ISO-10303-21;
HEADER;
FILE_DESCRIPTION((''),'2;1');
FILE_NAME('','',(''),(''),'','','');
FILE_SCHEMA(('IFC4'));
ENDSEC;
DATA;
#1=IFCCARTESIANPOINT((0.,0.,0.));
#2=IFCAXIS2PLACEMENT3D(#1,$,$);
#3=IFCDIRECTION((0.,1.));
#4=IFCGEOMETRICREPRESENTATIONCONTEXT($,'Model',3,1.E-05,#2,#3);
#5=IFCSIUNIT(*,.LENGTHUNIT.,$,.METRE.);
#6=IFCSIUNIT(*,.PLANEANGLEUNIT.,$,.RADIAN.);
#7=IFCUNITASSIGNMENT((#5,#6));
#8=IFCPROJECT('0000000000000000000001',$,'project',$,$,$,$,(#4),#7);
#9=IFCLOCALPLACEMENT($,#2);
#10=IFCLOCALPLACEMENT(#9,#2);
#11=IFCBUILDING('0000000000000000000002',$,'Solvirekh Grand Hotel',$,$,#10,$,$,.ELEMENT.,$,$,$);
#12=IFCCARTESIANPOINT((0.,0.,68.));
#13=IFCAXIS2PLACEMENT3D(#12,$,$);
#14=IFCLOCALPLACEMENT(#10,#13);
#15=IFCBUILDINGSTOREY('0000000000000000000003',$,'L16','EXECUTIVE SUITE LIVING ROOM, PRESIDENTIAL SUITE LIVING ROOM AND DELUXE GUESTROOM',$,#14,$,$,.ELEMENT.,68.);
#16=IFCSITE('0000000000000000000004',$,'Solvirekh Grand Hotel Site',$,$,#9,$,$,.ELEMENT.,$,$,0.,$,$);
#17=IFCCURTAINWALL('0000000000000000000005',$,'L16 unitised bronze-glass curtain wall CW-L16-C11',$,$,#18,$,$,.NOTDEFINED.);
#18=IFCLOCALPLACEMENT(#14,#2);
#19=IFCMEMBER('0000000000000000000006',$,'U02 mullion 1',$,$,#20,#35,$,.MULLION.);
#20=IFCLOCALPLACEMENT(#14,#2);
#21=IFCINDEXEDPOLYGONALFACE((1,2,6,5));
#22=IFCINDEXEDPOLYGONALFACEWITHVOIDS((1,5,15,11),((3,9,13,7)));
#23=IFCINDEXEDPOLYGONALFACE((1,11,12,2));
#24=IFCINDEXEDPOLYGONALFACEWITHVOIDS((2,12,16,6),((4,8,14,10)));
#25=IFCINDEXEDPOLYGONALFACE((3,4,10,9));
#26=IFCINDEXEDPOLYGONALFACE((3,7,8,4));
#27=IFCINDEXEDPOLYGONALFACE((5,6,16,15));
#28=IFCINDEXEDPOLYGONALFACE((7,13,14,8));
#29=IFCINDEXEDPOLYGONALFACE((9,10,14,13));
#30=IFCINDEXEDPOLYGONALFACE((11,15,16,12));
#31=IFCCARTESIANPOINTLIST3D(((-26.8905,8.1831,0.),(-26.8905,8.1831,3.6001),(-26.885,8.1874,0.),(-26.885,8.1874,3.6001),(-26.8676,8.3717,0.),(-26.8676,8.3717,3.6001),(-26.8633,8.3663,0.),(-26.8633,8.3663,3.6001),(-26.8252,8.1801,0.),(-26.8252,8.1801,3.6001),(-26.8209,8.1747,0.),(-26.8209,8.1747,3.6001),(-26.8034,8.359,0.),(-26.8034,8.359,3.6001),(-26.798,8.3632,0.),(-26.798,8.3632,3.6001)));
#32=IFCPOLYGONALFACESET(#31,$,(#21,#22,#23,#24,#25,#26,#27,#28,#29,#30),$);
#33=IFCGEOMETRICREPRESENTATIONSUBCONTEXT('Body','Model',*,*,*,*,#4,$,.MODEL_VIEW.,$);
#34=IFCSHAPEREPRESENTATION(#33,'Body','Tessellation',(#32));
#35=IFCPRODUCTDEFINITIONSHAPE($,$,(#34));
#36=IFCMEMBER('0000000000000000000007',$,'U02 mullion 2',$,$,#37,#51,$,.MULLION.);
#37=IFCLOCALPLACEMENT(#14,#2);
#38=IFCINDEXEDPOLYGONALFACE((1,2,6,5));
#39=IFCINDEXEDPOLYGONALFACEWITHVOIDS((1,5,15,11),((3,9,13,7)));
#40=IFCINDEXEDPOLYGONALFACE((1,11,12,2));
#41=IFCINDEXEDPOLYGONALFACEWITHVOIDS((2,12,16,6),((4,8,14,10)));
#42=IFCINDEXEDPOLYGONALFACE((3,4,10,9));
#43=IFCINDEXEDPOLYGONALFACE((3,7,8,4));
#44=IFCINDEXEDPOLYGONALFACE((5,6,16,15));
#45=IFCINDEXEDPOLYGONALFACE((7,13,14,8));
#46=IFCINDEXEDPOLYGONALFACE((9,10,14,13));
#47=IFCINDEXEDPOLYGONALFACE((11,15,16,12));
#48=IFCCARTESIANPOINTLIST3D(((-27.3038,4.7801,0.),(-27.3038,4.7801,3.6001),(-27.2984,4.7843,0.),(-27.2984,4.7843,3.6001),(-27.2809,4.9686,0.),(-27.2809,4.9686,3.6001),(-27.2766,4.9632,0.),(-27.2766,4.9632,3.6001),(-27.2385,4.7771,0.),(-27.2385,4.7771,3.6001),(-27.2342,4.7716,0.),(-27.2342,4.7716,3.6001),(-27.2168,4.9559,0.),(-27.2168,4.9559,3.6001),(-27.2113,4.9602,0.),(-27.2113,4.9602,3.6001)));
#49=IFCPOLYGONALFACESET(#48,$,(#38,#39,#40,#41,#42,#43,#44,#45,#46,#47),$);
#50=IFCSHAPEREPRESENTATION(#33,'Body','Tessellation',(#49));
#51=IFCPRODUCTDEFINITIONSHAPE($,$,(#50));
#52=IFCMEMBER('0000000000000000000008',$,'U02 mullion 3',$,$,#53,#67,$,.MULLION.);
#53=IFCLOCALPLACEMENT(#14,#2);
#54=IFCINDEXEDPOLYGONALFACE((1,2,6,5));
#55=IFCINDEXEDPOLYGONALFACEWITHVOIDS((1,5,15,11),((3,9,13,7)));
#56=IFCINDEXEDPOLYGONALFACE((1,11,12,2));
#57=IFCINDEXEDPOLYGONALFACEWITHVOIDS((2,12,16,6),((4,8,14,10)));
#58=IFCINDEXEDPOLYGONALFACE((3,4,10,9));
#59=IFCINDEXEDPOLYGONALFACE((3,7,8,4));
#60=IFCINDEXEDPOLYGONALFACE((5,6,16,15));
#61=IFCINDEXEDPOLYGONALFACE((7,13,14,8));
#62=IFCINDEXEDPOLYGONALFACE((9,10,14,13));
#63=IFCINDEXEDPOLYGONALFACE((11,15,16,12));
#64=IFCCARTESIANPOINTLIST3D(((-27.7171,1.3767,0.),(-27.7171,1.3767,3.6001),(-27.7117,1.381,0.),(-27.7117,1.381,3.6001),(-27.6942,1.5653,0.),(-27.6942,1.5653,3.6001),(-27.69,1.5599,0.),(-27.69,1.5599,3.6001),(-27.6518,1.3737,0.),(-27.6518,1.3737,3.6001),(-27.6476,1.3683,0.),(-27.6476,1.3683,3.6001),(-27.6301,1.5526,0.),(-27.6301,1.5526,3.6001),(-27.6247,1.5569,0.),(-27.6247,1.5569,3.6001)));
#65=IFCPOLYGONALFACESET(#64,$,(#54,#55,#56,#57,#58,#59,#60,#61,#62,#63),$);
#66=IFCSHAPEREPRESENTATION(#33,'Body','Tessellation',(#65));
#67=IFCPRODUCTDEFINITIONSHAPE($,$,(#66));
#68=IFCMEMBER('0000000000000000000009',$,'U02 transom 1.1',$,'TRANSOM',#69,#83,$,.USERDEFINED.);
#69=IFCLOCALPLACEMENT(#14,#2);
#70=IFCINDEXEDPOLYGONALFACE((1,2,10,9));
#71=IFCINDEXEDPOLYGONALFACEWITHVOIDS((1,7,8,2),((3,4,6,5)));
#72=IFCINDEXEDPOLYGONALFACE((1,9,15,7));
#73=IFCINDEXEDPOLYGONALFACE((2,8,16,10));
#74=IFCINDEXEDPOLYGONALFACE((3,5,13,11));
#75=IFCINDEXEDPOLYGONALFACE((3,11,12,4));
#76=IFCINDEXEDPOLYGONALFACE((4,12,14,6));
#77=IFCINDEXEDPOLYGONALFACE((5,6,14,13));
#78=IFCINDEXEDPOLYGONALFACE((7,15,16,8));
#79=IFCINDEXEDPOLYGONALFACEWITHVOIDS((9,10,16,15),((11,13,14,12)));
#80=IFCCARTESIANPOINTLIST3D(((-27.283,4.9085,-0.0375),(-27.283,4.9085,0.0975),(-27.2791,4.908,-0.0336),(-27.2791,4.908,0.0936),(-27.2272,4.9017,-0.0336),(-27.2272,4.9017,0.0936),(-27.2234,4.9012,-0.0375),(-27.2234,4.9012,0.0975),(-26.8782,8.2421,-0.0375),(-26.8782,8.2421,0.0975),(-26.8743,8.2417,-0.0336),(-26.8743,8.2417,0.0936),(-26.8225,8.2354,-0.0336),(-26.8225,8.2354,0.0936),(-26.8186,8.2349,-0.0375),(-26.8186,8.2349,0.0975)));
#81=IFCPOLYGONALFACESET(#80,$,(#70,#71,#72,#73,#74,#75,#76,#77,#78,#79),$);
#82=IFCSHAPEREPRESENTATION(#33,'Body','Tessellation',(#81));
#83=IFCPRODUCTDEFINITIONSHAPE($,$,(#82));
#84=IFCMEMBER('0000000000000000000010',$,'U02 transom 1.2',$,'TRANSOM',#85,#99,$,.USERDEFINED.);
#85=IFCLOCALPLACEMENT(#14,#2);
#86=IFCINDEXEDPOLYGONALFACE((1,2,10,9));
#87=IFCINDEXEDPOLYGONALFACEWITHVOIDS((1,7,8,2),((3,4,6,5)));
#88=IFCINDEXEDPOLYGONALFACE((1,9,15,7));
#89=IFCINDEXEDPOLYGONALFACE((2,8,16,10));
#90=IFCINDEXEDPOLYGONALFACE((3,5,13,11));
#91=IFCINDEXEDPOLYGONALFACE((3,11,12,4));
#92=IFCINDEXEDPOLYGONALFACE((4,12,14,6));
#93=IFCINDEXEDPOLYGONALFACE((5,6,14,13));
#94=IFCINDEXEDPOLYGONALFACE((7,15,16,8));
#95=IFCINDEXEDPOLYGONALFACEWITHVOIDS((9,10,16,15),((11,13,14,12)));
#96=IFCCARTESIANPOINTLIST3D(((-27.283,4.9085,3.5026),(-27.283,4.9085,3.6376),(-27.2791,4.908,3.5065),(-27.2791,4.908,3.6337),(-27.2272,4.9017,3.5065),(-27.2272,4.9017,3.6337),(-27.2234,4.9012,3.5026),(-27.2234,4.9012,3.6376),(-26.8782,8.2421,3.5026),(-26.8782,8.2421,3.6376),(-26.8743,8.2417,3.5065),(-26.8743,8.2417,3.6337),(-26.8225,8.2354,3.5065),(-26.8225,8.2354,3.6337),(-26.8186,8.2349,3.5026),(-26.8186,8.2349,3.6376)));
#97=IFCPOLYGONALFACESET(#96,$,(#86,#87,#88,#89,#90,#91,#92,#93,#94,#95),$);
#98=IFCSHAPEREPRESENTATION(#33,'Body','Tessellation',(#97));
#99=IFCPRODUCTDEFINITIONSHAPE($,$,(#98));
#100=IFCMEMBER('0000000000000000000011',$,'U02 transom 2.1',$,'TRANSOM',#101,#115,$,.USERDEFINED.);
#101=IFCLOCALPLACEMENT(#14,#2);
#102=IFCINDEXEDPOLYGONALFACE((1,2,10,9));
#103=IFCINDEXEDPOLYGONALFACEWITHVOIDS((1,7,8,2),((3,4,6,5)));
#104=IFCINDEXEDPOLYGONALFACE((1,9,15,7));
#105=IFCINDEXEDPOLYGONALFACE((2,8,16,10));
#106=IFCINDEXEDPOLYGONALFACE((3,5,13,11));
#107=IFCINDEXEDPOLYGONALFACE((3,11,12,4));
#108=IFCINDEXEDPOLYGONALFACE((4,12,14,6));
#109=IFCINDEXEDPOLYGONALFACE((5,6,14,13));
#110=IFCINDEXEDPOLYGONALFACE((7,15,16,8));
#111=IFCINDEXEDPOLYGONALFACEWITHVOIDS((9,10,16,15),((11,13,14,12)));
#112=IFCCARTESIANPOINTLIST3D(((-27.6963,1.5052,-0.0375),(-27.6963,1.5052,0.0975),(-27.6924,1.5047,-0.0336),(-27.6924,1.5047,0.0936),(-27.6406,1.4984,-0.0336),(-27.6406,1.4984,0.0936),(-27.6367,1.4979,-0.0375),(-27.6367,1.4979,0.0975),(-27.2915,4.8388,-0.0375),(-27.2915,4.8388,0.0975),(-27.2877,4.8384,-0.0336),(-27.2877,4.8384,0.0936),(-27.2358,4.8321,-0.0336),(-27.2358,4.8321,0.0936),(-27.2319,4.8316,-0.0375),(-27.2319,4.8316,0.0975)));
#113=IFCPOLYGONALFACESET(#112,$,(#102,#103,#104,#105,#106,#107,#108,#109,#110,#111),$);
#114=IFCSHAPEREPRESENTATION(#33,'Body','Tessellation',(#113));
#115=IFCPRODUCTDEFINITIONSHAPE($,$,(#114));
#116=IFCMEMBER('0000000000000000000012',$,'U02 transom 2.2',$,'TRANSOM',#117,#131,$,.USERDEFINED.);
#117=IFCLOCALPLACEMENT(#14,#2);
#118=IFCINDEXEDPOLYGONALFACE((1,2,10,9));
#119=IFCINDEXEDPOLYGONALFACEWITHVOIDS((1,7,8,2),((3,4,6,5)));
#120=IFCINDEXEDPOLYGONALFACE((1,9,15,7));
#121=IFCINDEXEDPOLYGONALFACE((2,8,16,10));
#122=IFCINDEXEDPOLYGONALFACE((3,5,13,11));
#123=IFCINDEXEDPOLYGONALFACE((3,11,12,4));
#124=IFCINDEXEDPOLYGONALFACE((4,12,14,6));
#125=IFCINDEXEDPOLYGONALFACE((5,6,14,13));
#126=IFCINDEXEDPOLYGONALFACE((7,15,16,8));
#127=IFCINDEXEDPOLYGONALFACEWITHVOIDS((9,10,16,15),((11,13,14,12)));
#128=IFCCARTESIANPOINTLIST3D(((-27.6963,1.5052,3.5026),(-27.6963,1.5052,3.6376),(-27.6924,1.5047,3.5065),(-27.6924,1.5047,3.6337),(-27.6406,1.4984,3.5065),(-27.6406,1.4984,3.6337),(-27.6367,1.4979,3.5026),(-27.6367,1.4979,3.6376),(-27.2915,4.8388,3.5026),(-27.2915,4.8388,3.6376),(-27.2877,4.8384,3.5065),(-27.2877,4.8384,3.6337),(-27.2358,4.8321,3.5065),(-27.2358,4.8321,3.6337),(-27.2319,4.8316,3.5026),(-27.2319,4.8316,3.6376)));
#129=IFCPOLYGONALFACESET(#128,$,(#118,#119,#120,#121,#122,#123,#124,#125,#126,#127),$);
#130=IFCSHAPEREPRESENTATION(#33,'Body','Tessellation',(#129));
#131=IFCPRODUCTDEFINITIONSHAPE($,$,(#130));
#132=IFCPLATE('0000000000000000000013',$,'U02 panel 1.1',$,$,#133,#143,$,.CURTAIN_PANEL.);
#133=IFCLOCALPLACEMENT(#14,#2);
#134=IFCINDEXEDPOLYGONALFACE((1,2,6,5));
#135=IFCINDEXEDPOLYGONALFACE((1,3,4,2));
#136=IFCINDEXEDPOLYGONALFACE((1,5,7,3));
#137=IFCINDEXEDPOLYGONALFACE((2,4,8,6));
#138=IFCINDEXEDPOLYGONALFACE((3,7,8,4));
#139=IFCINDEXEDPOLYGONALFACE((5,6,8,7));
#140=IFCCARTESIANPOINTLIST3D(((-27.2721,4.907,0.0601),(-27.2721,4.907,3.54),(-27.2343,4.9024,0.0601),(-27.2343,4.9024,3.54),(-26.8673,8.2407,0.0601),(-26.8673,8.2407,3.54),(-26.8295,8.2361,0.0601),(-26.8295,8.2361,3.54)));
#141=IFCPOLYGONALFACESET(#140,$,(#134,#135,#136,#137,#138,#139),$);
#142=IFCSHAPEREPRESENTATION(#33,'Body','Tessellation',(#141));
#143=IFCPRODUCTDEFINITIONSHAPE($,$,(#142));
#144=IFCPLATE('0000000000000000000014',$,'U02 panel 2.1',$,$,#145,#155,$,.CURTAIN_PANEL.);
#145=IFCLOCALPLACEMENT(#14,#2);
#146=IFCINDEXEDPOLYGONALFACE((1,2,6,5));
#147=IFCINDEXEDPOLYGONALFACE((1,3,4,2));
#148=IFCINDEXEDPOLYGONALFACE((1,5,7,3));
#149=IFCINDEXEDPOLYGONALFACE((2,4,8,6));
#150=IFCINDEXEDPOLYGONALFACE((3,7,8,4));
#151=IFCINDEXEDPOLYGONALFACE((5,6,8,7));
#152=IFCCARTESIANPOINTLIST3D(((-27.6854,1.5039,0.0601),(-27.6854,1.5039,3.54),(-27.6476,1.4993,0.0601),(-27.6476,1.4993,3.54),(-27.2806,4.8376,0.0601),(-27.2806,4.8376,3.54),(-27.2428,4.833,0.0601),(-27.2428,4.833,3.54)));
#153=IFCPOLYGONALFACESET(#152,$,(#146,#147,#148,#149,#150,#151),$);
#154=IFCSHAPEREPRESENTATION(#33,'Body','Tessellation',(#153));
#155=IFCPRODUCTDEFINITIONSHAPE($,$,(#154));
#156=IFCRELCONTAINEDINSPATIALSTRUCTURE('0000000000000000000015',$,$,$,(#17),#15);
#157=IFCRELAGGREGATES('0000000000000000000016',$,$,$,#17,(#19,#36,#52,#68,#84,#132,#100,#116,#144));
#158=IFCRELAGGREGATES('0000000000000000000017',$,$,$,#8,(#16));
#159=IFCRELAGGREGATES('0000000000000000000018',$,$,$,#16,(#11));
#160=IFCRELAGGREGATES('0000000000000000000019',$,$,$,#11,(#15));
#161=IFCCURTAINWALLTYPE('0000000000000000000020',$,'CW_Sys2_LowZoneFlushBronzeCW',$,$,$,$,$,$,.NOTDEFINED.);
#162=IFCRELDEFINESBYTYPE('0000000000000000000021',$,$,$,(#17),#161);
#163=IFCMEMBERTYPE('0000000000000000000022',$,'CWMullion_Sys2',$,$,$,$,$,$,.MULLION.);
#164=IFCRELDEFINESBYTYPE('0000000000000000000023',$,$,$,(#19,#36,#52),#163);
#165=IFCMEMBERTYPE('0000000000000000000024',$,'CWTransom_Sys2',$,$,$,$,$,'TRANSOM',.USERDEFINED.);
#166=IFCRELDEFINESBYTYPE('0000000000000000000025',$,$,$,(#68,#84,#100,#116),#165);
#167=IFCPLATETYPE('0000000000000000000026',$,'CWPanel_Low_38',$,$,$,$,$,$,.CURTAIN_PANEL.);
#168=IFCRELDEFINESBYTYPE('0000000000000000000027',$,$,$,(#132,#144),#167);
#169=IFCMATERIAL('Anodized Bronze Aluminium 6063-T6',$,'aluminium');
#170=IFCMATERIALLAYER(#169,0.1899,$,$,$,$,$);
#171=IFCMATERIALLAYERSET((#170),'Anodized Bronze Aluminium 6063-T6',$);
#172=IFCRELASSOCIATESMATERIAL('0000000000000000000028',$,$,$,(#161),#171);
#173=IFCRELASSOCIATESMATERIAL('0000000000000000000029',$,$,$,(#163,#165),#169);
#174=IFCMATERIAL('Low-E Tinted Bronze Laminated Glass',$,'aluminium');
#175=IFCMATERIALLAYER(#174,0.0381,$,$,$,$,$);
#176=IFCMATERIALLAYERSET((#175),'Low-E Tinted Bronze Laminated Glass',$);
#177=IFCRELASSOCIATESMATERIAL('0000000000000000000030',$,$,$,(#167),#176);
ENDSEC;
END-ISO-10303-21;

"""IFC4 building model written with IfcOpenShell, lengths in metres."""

from ifc_helpers import new_model, si_unit, direction, frame, origin, origin_2d, place, context, subcontext, project, spatial, rectangle, hollow_rectangle, extrude, source, transform, mapped, material, layer, layer_set, material_profile, profile_set, type_object, element, aggregate, save


model = new_model("IFC4")

# Units and contexts
model_context = context("Model", 3, precision=1e-05, world=origin(), true_north=direction((0.0, 1.0)))
body_context = subcontext(model_context, "Body", "Model", "MODEL_VIEW")
ifc_project = project(units=[si_unit("LENGTHUNIT", "METRE"), si_unit("PLANEANGLEUNIT", "RADIAN")], contexts=[model_context])

# Site, building, storey
site_placement = place(None, origin())
site = spatial("IfcSite", under=ifc_project, at=site_placement, Name="Solvirekh Grand Hotel Site", CompositionType="ELEMENT", RefElevation=0.0)
building_placement = place(site_placement, origin())
building = spatial("IfcBuilding", under=site, at=building_placement, Name="Solvirekh Grand Hotel", CompositionType="ELEMENT")
storey_placement = place(building_placement, frame((0.0, 0.0, 68.0)))
storey = spatial("IfcBuildingStorey", under=building, at=storey_placement, Name="L16", Description="EXECUTIVE SUITE LIVING ROOM, PRESIDENTIAL SUITE LIVING ROOM AND DELUXE GUESTROOM", CompositionType="ELEMENT", Elevation=68.0)

# Curtain wall, members, plates
ifc_material_1 = material(Name="Anodized Bronze Aluminium 6063-T6", Category="aluminium")
ifc_layer_1 = layer(ifc_material_1, 0.1899)
ifc_layer_set_1 = layer_set([ifc_layer_1], Name="Anodized Bronze Aluminium 6063-T6")
curtain_wall_type = type_object("IfcCurtainWallType", Name="CW_Sys2_LowZoneFlushBronzeCW", PredefinedType="NOTDEFINED", material=ifc_layer_set_1)
curtain_wall_placement = place(storey_placement, origin())
curtain_wall = element("IfcCurtainWall", 1, at=curtain_wall_placement, inside=storey, type_object=curtain_wall_type, Name="L16 unitised bronze-glass curtain wall CW-L16-C11", PredefinedType="NOTDEFINED")
ifc_material_profile_1 = material_profile(ifc_material_1, hollow_rectangle(XDim=0.0701, YDim=0.1899, WallThickness=0.0049, at=origin_2d()), Name="ALU RHS 190X70X5")
ifc_profile_set_1 = profile_set([ifc_material_profile_1], Name="Anodized Bronze Aluminium 6063-T6")
member_type_1 = type_object("IfcMemberType", Name="CWMullion_Sys2", PredefinedType="MULLION", material=ifc_profile_set_1)
shared_shape_1 = source(origin(), body_context, "Body", "SweptSolid", [
    extrude(hollow_rectangle(XDim=0.0701, YDim=0.1899, WallThickness=0.0049, at=origin_2d()), origin(), (0.0, 0.0, 1.0), 3.6001),
])
member_1_placement = place(storey_placement, frame((-26.8442, 8.2732, 0.0), z_axis=(0.0, 0.0, 1.0), x_axis=(0.992707, -0.120551, 0.0)))
member_1 = element("IfcMember", 2, at=member_1_placement, type_object=member_type_1, Name="U02 mullion 1", PredefinedType="MULLION", context=body_context, shape_type="MappedRepresentation", body=[
    mapped(shared_shape_1, transform((0.0, 0.0, 0.0), x_axis=(1.0, 0.0, 0.0), y_axis=(0.0, 1.0, 0.0), z_axis=(0.0, 0.0, 1.0), scale=1.0)),
])
member_2_placement = place(storey_placement, frame((-27.2576, 4.8701, 0.0), z_axis=(0.0, 0.0, 1.0), x_axis=(0.992707, -0.120551, 0.0)))
member_2 = element("IfcMember", 3, at=member_2_placement, type_object=member_type_1, Name="U02 mullion 2", PredefinedType="MULLION", context=body_context, shape_type="MappedRepresentation", body=[
    mapped(shared_shape_1, transform((0.0, 0.0, 0.0), x_axis=(1.0, 0.0, 0.0), y_axis=(0.0, 1.0, 0.0), z_axis=(0.0, 0.0, 1.0), scale=1.0)),
])
member_3_placement = place(storey_placement, frame((-27.6709, 1.4668, 0.0), z_axis=(0.0, 0.0, 1.0), x_axis=(0.992707, -0.120551, 0.0)))
member_3 = element("IfcMember", 4, at=member_3_placement, type_object=member_type_1, Name="U02 mullion 3", PredefinedType="MULLION", context=body_context, shape_type="MappedRepresentation", body=[
    mapped(shared_shape_1, transform((0.0, 0.0, 0.0), x_axis=(1.0, 0.0, 0.0), y_axis=(0.0, 1.0, 0.0), z_axis=(0.0, 0.0, 1.0), scale=1.0)),
])
ifc_material_profile_2 = material_profile(ifc_material_1, hollow_rectangle(XDim=0.0601, YDim=0.135, WallThickness=0.0039, at=origin_2d()), Name="ALU RHS 135X60X4")
ifc_profile_set_2 = profile_set([ifc_material_profile_2], Name="Anodized Bronze Aluminium 6063-T6")
member_type_2 = type_object("IfcMemberType", Name="CWTransom_Sys2", ElementType="TRANSOM", PredefinedType="USERDEFINED", material=ifc_profile_set_2)
shared_shape_2 = source(origin(), body_context, "Body", "SweptSolid", [
    extrude(hollow_rectangle(XDim=0.0601, YDim=0.135, WallThickness=0.0039, at=origin_2d()), origin(), (0.0, 0.0, 1.0), 3.3582),
])
member_4_placement = place(storey_placement, frame((-26.8484, 8.2385, 0.03), z_axis=(-0.120535, -0.992709, 0.0), x_axis=(0.992709, -0.120535, 0.0)))
member_4 = element("IfcMember", 5, at=member_4_placement, type_object=member_type_2, Name="U02 transom 1.1", ObjectType="TRANSOM", PredefinedType="USERDEFINED", context=body_context, shape_type="MappedRepresentation", body=[
    mapped(shared_shape_2, transform((0.0, 0.0, 0.0), x_axis=(1.0, 0.0, 0.0), y_axis=(0.0, 1.0, 0.0), z_axis=(0.0, 0.0, 1.0), scale=1.0)),
])
member_5_placement = place(storey_placement, frame((-26.8484, 8.2385, 3.5701), z_axis=(-0.120535, -0.992709, 0.0), x_axis=(0.992709, -0.120535, 0.0)))
member_5 = element("IfcMember", 6, at=member_5_placement, type_object=member_type_2, Name="U02 transom 1.2", ObjectType="TRANSOM", PredefinedType="USERDEFINED", context=body_context, shape_type="MappedRepresentation", body=[
    mapped(shared_shape_2, transform((0.0, 0.0, 0.0), x_axis=(1.0, 0.0, 0.0), y_axis=(0.0, 1.0, 0.0), z_axis=(0.0, 0.0, 1.0), scale=1.0)),
])
member_6_placement = place(storey_placement, frame((-27.2617, 4.8352, 0.03), z_axis=(-0.120535, -0.992709, 0.0), x_axis=(0.992709, -0.120535, 0.0)))
member_6 = element("IfcMember", 7, at=member_6_placement, type_object=member_type_2, Name="U02 transom 2.1", ObjectType="TRANSOM", PredefinedType="USERDEFINED", context=body_context, shape_type="MappedRepresentation", body=[
    mapped(shared_shape_2, transform((0.0, 0.0, 0.0), x_axis=(1.0, 0.0, 0.0), y_axis=(0.0, 1.0, 0.0), z_axis=(0.0, 0.0, 1.0), scale=1.0)),
])
member_7_placement = place(storey_placement, frame((-27.2617, 4.8352, 3.5701), z_axis=(-0.120535, -0.992709, 0.0), x_axis=(0.992709, -0.120535, 0.0)))
member_7 = element("IfcMember", 8, at=member_7_placement, type_object=member_type_2, Name="U02 transom 2.2", ObjectType="TRANSOM", PredefinedType="USERDEFINED", context=body_context, shape_type="MappedRepresentation", body=[
    mapped(shared_shape_2, transform((0.0, 0.0, 0.0), x_axis=(1.0, 0.0, 0.0), y_axis=(0.0, 1.0, 0.0), z_axis=(0.0, 0.0, 1.0), scale=1.0)),
])
ifc_material_2 = material(Name="Low-E Tinted Bronze Laminated Glass", Category="aluminium")
ifc_layer_2 = layer(ifc_material_2, 0.0381)
ifc_layer_set_2 = layer_set([ifc_layer_2], Name="Low-E Tinted Bronze Laminated Glass")
plate_type = type_object("IfcPlateType", Name="CWPanel_Low_38", PredefinedType="CURTAIN_PANEL", material=ifc_layer_set_2)
shared_shape_3 = source(origin(), body_context, "Body", "SweptSolid", [
    extrude(rectangle(XDim=3.3582, YDim=0.0381, at=origin_2d()), origin(), (0.0, 0.0, 1.0), 3.48),
])
plate_1_placement = place(storey_placement, frame((-27.0508, 6.5715, 0.0601), z_axis=(0.0, 0.0, 1.0), x_axis=(-0.120551, -0.992707, 0.0)))
plate_1 = element("IfcPlate", 9, at=plate_1_placement, type_object=plate_type, Name="U02 panel 1.1", PredefinedType="CURTAIN_PANEL", context=body_context, shape_type="MappedRepresentation", body=[
    mapped(shared_shape_3, transform((0.0, 0.0, 0.0), x_axis=(1.0, 0.0, 0.0), y_axis=(0.0, 1.0, 0.0), z_axis=(0.0, 0.0, 1.0), scale=1.0)),
])
plate_2_placement = place(storey_placement, frame((-27.4641, 3.1685, 0.0601), z_axis=(0.0, 0.0, 1.0), x_axis=(-0.120551, -0.992707, 0.0)))
plate_2 = element("IfcPlate", 10, at=plate_2_placement, type_object=plate_type, Name="U02 panel 2.1", PredefinedType="CURTAIN_PANEL", context=body_context, shape_type="MappedRepresentation", body=[
    mapped(shared_shape_3, transform((0.0, 0.0, 0.0), x_axis=(1.0, 0.0, 0.0), y_axis=(0.0, 1.0, 0.0), z_axis=(0.0, 0.0, 1.0), scale=1.0)),
])
aggregate(curtain_wall, [member_1, member_2, member_3, member_4, member_5, plate_1, member_6, member_7, plate_2])

save(model, "model.ifc")
